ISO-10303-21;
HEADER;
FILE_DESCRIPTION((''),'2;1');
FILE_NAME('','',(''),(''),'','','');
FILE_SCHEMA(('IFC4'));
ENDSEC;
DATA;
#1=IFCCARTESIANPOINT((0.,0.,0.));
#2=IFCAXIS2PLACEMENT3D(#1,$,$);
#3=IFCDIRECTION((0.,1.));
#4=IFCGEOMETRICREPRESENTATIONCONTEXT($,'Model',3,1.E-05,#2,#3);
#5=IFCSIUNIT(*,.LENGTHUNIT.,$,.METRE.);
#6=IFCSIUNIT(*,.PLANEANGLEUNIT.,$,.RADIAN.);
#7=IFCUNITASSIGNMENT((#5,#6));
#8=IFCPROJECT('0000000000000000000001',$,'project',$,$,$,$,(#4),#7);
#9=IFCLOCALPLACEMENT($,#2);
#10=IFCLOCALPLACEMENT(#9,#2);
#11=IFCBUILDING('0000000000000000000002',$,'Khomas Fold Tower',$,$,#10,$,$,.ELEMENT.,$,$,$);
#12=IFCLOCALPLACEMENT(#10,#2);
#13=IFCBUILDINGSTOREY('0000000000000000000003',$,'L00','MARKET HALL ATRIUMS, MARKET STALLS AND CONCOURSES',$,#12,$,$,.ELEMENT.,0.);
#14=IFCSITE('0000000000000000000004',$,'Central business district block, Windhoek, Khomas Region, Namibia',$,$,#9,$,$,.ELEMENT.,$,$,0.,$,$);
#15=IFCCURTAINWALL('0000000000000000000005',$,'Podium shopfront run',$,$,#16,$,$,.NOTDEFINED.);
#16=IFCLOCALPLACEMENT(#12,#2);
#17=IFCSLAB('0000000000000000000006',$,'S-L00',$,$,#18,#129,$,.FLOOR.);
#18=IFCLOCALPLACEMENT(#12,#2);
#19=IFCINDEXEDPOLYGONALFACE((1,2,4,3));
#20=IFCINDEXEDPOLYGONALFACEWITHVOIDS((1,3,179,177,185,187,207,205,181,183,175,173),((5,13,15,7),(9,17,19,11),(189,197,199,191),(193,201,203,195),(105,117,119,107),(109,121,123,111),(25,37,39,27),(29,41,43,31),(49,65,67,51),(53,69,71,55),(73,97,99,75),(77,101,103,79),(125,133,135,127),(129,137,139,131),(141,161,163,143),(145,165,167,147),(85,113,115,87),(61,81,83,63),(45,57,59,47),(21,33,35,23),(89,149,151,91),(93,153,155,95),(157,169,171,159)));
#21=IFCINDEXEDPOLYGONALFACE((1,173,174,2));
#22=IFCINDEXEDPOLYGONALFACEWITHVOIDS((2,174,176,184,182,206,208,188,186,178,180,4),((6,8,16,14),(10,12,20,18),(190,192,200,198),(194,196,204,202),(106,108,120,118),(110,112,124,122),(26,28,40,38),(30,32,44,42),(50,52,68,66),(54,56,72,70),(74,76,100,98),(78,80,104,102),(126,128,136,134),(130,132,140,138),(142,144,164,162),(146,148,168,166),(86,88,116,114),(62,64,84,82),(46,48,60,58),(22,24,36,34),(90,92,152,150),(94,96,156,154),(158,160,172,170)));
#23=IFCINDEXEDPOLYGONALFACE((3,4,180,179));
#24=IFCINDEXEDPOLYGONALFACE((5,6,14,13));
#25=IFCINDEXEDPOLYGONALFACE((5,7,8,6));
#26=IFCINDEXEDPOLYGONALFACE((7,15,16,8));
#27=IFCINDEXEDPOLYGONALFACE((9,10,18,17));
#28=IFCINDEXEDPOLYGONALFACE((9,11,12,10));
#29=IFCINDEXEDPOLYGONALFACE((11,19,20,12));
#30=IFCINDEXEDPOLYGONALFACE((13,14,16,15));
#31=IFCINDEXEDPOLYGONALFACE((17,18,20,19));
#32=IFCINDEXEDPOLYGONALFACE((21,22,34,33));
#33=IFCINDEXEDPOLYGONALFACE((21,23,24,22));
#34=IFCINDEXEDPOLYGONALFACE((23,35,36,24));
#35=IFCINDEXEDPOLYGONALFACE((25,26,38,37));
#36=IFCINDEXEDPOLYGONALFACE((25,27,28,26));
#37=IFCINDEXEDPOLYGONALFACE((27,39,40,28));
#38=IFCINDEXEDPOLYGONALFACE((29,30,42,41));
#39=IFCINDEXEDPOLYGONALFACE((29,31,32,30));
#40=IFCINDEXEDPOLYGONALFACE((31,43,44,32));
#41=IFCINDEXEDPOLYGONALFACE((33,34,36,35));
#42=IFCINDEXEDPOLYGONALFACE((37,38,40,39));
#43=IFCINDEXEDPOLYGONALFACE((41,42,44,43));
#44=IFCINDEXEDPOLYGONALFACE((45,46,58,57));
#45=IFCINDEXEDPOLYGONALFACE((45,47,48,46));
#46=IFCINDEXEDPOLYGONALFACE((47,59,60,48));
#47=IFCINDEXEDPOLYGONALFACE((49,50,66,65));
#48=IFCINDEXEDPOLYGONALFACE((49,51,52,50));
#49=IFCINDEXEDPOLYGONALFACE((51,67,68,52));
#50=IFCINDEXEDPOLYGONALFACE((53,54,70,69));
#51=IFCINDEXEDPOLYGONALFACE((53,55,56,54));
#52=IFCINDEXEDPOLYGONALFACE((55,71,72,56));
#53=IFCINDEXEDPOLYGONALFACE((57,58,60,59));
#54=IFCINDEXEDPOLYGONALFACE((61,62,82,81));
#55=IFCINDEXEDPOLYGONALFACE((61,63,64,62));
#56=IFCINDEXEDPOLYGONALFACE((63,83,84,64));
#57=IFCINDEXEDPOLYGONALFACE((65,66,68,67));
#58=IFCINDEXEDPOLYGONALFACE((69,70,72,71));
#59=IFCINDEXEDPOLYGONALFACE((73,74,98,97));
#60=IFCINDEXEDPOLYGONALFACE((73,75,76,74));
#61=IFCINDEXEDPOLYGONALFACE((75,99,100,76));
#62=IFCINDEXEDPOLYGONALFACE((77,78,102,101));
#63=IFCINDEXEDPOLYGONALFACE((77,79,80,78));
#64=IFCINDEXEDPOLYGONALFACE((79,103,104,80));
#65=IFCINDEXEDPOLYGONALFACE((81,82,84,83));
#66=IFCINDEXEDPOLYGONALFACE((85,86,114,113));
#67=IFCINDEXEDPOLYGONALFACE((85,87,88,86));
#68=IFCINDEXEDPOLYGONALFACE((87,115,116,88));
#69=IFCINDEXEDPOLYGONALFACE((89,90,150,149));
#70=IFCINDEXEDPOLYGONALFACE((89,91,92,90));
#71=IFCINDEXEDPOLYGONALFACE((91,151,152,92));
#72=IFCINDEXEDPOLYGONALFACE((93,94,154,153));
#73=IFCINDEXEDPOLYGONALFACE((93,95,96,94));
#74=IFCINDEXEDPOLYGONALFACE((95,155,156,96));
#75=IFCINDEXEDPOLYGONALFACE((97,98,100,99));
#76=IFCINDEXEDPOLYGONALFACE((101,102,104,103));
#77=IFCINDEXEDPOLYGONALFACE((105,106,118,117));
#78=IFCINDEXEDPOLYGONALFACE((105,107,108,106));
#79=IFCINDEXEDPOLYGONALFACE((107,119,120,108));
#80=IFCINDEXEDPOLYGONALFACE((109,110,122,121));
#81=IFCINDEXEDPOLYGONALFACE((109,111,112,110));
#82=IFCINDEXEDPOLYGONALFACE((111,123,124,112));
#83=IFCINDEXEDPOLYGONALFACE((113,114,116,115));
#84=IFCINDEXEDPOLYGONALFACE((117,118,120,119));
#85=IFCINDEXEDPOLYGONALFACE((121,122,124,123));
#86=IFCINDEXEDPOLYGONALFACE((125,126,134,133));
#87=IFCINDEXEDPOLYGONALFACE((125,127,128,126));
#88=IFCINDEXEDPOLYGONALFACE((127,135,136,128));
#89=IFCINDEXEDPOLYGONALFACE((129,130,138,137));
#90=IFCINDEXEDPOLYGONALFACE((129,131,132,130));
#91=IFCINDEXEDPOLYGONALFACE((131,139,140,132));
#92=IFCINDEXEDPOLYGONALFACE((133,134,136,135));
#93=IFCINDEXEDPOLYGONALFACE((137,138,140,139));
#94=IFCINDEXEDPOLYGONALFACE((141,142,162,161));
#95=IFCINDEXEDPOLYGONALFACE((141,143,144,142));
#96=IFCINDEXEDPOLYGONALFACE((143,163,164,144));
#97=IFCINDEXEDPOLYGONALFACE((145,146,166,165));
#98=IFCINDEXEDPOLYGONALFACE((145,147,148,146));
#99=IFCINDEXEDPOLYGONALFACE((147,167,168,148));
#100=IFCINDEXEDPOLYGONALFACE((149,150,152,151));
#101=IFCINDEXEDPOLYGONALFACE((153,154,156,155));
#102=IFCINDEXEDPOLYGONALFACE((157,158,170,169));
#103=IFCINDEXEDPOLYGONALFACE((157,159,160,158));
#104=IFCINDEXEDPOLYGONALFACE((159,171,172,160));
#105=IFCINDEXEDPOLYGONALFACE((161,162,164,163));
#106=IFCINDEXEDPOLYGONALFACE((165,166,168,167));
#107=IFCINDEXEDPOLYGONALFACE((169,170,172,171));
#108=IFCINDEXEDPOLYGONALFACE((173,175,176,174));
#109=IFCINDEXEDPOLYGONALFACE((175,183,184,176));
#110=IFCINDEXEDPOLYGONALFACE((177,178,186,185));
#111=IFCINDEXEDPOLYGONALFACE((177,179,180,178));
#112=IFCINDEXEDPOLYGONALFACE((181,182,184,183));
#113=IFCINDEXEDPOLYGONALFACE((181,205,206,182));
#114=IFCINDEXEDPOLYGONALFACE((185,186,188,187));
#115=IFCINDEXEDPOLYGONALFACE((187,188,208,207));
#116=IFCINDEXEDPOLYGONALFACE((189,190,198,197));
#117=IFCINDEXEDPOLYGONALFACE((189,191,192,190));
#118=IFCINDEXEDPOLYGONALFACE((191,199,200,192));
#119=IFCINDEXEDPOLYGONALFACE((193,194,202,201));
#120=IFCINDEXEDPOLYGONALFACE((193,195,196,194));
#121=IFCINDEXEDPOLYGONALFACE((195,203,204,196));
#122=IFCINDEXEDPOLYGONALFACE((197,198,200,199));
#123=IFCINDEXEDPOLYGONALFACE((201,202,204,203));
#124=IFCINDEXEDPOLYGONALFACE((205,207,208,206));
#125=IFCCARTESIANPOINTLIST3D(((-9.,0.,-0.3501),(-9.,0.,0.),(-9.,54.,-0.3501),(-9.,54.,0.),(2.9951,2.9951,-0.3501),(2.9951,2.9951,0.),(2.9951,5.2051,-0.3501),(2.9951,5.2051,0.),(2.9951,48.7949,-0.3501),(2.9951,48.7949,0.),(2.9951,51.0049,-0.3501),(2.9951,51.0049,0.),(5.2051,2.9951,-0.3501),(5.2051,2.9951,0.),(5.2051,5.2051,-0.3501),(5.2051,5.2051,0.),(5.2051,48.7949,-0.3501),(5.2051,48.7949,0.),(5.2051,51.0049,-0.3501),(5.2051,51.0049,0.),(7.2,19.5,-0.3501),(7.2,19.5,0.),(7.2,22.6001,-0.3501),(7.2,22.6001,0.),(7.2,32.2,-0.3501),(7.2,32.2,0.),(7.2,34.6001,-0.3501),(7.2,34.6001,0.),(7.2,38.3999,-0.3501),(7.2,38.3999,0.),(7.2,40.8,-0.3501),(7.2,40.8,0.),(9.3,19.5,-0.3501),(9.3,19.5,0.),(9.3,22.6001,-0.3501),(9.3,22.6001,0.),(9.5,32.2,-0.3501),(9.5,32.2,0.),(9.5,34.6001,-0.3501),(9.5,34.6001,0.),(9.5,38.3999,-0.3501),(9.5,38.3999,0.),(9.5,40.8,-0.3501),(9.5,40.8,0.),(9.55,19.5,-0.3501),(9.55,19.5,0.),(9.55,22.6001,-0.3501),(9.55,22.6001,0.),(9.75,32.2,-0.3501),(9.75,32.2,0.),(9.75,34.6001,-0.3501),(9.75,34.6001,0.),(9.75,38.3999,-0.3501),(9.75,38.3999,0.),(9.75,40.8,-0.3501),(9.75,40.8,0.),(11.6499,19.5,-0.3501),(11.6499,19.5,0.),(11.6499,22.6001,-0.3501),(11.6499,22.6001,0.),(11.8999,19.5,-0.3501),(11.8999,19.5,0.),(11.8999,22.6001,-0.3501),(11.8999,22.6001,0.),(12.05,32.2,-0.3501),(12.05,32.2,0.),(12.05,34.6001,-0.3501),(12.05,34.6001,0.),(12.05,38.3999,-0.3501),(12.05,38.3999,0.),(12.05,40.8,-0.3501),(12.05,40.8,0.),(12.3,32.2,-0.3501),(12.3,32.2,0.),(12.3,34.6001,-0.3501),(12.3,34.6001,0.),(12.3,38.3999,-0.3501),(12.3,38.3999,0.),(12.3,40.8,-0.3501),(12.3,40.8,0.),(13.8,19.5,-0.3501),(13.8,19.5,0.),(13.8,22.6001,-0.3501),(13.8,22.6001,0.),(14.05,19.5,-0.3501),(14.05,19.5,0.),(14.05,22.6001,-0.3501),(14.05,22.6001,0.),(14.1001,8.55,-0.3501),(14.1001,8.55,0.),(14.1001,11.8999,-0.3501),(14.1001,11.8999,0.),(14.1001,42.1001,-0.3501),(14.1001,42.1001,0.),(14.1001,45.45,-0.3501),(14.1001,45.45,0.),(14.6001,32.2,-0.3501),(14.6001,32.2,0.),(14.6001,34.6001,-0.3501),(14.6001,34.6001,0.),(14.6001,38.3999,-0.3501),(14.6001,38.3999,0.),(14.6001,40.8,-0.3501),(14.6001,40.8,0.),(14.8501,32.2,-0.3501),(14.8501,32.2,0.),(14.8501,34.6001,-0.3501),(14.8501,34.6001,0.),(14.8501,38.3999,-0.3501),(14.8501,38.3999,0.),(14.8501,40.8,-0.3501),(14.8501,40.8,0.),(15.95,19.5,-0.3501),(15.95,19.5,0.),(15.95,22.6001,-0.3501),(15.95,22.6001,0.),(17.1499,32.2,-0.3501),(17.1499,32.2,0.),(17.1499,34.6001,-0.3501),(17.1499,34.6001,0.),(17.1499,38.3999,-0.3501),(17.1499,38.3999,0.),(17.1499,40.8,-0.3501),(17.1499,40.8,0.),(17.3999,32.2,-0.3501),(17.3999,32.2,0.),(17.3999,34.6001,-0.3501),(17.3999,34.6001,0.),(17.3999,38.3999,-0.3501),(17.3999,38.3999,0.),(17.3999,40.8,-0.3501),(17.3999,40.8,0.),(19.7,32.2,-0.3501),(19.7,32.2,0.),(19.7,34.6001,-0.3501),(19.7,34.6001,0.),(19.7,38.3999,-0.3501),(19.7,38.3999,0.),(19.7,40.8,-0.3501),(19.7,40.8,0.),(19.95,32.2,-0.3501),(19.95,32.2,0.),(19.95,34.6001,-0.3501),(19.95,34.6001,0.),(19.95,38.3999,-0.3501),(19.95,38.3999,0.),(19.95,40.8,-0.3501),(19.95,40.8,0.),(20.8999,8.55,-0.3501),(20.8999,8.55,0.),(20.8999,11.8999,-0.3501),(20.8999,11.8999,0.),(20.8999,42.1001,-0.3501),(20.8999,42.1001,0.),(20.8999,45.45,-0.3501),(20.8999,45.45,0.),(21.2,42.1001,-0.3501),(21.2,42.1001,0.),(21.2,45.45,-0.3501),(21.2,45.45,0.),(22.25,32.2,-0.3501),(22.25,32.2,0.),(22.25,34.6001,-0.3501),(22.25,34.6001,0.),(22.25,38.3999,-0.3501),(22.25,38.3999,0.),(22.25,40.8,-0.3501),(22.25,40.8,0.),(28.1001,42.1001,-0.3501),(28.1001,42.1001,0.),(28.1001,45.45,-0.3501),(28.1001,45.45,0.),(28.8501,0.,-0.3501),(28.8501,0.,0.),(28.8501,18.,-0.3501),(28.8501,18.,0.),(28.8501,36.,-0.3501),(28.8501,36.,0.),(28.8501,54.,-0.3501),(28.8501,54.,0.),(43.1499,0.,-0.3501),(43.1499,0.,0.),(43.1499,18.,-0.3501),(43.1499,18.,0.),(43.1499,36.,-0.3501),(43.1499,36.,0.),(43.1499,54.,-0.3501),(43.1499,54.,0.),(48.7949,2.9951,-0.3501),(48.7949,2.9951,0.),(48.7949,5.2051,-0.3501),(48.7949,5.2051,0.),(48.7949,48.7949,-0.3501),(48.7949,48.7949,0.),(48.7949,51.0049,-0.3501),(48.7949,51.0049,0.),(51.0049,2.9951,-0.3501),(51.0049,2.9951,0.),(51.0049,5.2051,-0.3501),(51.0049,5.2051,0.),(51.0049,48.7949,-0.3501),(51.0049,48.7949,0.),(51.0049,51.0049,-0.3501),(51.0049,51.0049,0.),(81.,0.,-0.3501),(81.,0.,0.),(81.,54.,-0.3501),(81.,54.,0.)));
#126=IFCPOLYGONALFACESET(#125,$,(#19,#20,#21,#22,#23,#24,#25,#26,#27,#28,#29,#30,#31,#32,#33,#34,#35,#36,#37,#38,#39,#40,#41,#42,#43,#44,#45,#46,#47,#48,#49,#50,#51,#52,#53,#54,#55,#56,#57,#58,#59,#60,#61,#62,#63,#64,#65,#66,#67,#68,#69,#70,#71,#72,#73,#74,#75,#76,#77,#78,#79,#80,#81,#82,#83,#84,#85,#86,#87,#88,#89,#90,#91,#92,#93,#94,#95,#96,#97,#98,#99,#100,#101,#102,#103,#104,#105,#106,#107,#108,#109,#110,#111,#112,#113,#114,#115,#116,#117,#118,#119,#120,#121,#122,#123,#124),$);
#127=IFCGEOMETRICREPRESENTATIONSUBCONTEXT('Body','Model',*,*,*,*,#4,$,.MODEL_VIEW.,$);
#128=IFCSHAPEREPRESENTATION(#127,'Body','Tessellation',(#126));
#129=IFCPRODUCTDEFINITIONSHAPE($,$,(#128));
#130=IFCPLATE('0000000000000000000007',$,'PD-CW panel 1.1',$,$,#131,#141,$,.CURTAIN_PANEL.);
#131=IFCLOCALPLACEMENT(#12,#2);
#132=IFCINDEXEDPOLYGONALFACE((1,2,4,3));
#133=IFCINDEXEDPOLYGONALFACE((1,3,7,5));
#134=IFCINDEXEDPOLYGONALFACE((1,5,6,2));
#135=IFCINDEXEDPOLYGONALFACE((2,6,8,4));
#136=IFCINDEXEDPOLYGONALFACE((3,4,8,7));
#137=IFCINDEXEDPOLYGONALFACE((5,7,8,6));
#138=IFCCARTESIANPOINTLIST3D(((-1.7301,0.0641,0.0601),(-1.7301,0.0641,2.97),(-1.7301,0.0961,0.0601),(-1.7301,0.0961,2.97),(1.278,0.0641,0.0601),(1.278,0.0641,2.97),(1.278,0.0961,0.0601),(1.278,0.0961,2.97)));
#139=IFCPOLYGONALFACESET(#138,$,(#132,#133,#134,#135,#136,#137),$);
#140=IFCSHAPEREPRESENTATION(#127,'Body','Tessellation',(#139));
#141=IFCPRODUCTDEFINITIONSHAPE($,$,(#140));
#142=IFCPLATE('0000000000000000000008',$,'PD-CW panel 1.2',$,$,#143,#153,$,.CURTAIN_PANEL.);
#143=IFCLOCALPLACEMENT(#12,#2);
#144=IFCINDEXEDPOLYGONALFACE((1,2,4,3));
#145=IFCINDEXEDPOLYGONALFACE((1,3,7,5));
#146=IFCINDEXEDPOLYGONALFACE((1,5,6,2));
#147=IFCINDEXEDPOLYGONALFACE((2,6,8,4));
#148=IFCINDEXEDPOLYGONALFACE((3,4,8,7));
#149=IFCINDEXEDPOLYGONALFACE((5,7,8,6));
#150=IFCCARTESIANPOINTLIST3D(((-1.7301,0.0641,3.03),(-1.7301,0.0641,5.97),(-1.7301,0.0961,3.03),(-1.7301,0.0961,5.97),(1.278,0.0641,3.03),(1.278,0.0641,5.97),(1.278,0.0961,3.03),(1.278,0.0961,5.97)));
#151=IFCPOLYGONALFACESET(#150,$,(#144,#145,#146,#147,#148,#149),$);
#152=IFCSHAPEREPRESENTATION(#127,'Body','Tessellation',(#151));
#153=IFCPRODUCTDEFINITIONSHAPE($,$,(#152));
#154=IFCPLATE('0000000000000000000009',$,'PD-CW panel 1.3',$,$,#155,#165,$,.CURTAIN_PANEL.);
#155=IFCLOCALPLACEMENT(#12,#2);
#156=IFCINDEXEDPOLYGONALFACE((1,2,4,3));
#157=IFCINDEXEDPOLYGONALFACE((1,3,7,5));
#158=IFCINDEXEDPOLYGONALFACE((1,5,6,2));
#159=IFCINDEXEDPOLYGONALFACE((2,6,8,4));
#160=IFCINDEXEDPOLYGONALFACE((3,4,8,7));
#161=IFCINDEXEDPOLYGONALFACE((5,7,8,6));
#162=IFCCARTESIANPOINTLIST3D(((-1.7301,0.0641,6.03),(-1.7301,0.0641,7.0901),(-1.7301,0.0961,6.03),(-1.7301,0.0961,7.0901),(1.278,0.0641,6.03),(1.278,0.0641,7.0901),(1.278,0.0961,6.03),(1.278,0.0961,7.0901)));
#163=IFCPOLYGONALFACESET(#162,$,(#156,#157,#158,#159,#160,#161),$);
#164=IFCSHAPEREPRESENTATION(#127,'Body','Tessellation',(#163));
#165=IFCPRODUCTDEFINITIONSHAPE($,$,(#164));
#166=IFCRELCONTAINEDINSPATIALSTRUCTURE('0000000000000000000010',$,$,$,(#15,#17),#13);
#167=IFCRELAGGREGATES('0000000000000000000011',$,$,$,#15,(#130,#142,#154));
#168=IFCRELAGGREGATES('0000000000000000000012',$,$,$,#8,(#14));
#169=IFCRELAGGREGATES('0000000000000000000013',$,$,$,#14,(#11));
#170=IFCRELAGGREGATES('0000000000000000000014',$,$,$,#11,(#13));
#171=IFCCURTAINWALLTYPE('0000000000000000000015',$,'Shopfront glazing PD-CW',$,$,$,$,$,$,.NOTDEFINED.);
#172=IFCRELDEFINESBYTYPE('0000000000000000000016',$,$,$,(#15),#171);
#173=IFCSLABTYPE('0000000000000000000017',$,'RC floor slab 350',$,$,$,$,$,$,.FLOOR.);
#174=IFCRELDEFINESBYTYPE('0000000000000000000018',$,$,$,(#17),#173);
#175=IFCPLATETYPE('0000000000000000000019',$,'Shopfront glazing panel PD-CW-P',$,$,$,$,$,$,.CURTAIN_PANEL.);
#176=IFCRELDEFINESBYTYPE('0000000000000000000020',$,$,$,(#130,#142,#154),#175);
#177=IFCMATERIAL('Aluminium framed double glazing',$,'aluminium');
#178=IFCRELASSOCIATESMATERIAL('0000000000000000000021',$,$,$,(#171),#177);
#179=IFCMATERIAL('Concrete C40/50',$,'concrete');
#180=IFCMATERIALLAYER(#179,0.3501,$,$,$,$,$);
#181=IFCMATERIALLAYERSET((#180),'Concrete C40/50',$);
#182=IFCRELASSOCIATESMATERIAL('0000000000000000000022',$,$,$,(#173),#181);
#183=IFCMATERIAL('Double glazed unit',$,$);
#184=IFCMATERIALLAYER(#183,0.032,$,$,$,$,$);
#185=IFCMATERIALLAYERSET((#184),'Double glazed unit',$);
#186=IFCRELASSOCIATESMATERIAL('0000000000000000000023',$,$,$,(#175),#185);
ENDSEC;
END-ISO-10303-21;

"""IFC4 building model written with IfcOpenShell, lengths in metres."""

from ifc_helpers import new_model, si_unit, direction, frame, origin, origin_2d, place, context, subcontext, project, spatial, polyline, rectangle, outline, extrude, source, transform, mapped, material, layer, layer_set, type_object, element, aggregate, save


model = new_model("IFC4")

# Units and contexts
model_context = context("Model", 3, precision=1e-05, world=origin(), true_north=direction((0.0, 1.0)))
body_context = subcontext(model_context, "Body", "Model", "MODEL_VIEW")
ifc_project = project(units=[si_unit("LENGTHUNIT", "METRE"), si_unit("PLANEANGLEUNIT", "RADIAN")], contexts=[model_context])

# Site, building, storey
site_placement = place(None, origin())
site = spatial("IfcSite", under=ifc_project, at=site_placement, Name="Central business district block, Windhoek, Khomas Region, Namibia", CompositionType="ELEMENT", RefElevation=0.0)
building_placement = place(site_placement, origin())
building = spatial("IfcBuilding", under=site, at=building_placement, Name="Khomas Fold Tower", CompositionType="ELEMENT")
storey_placement = place(building_placement, origin())
storey = spatial("IfcBuildingStorey", under=building, at=storey_placement, Name="L00", Description="MARKET HALL ATRIUMS, MARKET STALLS AND CONCOURSES", CompositionType="ELEMENT", Elevation=0.0)

# Curtain wall
ifc_material_1 = material(Name="Aluminium framed double glazing", Category="aluminium")
curtain_wall_type = type_object("IfcCurtainWallType", Name="Shopfront glazing PD-CW", PredefinedType="NOTDEFINED", material=ifc_material_1)
curtain_wall_placement = place(storey_placement, origin())
curtain_wall = element("IfcCurtainWall", 1, at=curtain_wall_placement, inside=storey, type_object=curtain_wall_type, Name="Podium shopfront run", PredefinedType="NOTDEFINED")

# Slab
ifc_material_2 = material(Name="Concrete C40/50", Category="concrete")
ifc_layer_1 = layer(ifc_material_2, 0.3501)
ifc_layer_set_1 = layer_set([ifc_layer_1], Name="Concrete C40/50")
slab_type_1 = type_object("IfcSlabType", Name="RC floor slab 350", PredefinedType="FLOOR", material=ifc_layer_set_1)
shared_shape_1 = source(origin(), body_context, "Body", "SweptSolid", [
    extrude(outline(polyline([(-9.0, 0.0), (28.8501, 0.0), (28.8501, 18.0), (43.1499, 18.0), (43.1499, 0.0), (81.0, 0.0), (81.0, 54.0), (43.1499, 54.0), (43.1499, 36.0), (28.8501, 36.0), (28.8501, 54.0), (-9.0, 54.0), (-9.0, 0.0)]), holes=[polyline([(2.9951, 2.9951), (2.9951, 5.2051), (5.2051, 5.2051), (5.2051, 2.9951), (2.9951, 2.9951)]), polyline([(2.9951, 48.7949), (2.9951, 51.0049), (5.2051, 51.0049), (5.2051, 48.7949), (2.9951, 48.7949)]), polyline([(7.2, 19.5), (7.2, 22.6001), (9.3, 22.6001), (9.3, 19.5), (7.2, 19.5)]), polyline([(7.2, 32.2), (7.2, 34.6001), (9.5, 34.6001), (9.5, 32.2), (7.2, 32.2)]), polyline([(7.2, 38.3999), (7.2, 40.8), (9.5, 40.8), (9.5, 38.3999), (7.2, 38.3999)]), polyline([(9.55, 19.5), (9.55, 22.6001), (11.6499, 22.6001), (11.6499, 19.5), (9.55, 19.5)]), polyline([(9.75, 32.2), (9.75, 34.6001), (12.05, 34.6001), (12.05, 32.2), (9.75, 32.2)]), polyline([(9.75, 38.3999), (9.75, 40.8), (12.05, 40.8), (12.05, 38.3999), (9.75, 38.3999)]), polyline([(11.8999, 19.5), (11.8999, 22.6001), (13.8, 22.6001), (13.8, 19.5), (11.8999, 19.5)]), polyline([(12.3, 32.2), (12.3, 34.6001), (14.6001, 34.6001), (14.6001, 32.2), (12.3, 32.2)]), polyline([(12.3, 38.3999), (12.3, 40.8), (14.6001, 40.8), (14.6001, 38.3999), (12.3, 38.3999)]), polyline([(14.05, 19.5), (14.05, 22.6001), (15.95, 22.6001), (15.95, 19.5), (14.05, 19.5)]), polyline([(14.1001, 8.55), (14.1001, 11.8999), (20.8999, 11.8999), (20.8999, 8.55), (14.1001, 8.55)]), polyline([(14.1001, 42.1001), (14.1001, 45.45), (20.8999, 45.45), (20.8999, 42.1001), (14.1001, 42.1001)]), polyline([(14.8501, 32.2), (14.8501, 34.6001), (17.1499, 34.6001), (17.1499, 32.2), (14.8501, 32.2)]), polyline([(14.8501, 38.3999), (14.8501, 40.8), (17.1499, 40.8), (17.1499, 38.3999), (14.8501, 38.3999)]), polyline([(17.3999, 32.2), (17.3999, 34.6001), (19.7, 34.6001), (19.7, 32.2), (17.3999, 32.2)]), polyline([(17.3999, 38.3999), (17.3999, 40.8), (19.7, 40.8), (19.7, 38.3999), (17.3999, 38.3999)]), polyline([(19.95, 32.2), (19.95, 34.6001), (22.25, 34.6001), (22.25, 32.2), (19.95, 32.2)]), polyline([(19.95, 38.3999), (19.95, 40.8), (22.25, 40.8), (22.25, 38.3999), (19.95, 38.3999)]), polyline([(21.2, 42.1001), (21.2, 45.45), (28.1001, 45.45), (28.1001, 42.1001), (21.2, 42.1001)]), polyline([(48.7949, 2.9951), (48.7949, 5.2051), (51.0049, 5.2051), (51.0049, 2.9951), (48.7949, 2.9951)]), polyline([(48.7949, 48.7949), (48.7949, 51.0049), (51.0049, 51.0049), (51.0049, 48.7949), (48.7949, 48.7949)])]), origin(), (0.0, 0.0, 1.0), 0.3501),
])
slab_1_placement = place(storey_placement, frame((0.0, 0.0, -0.3501)))
element("IfcSlab", 2, at=slab_1_placement, inside=storey, type_object=slab_type_1, Name="S-L00", PredefinedType="FLOOR", context=body_context, shape_type="MappedRepresentation", body=[
    mapped(shared_shape_1, transform((0.0, 0.0, 0.0))),
])

# Plates
ifc_material_3 = material(Name="Double glazed unit")
ifc_layer_2 = layer(ifc_material_3, 0.032)
ifc_layer_set_2 = layer_set([ifc_layer_2], Name="Double glazed unit")
plate_type = type_object("IfcPlateType", Name="Shopfront glazing panel PD-CW-P", PredefinedType="CURTAIN_PANEL", material=ifc_layer_set_2)
shared_shape_2 = source(origin(), body_context, "Body", "SweptSolid", [
    extrude(rectangle(XDim=3.0081, YDim=0.032, at=origin_2d()), origin(), (0.0, 0.0, 1.0), 2.9099),
])
plate_1_placement = place(storey_placement, frame((-0.2261, 0.0801, 0.0601), z_axis=(0.0, 0.0, 1.0), x_axis=(1.0, 0.0, 0.0)))
plate_1 = element("IfcPlate", 3, at=plate_1_placement, type_object=plate_type, Name="PD-CW panel 1.1", PredefinedType="CURTAIN_PANEL", context=body_context, shape_type="MappedRepresentation", body=[
    mapped(shared_shape_2, transform((0.0, 0.0, 0.0))),
])
shared_shape_3 = source(origin(), body_context, "Body", "SweptSolid", [
    extrude(rectangle(XDim=3.0081, YDim=0.032, at=origin_2d()), origin(), (0.0, 0.0, 1.0), 2.9399),
])
plate_2_placement = place(storey_placement, frame((-0.2261, 0.0801, 3.03), z_axis=(0.0, 0.0, 1.0), x_axis=(1.0, 0.0, 0.0)))
plate_2 = element("IfcPlate", 4, at=plate_2_placement, type_object=plate_type, Name="PD-CW panel 1.2", PredefinedType="CURTAIN_PANEL", context=body_context, shape_type="MappedRepresentation", body=[
    mapped(shared_shape_3, transform((0.0, 0.0, 0.0))),
])
shared_shape_4 = source(origin(), body_context, "Body", "SweptSolid", [
    extrude(rectangle(XDim=3.0081, YDim=0.032, at=origin_2d()), origin(), (0.0, 0.0, 1.0), 1.0601),
])
plate_3_placement = place(storey_placement, frame((-0.2261, 0.0801, 6.03), z_axis=(0.0, 0.0, 1.0), x_axis=(1.0, 0.0, 0.0)))
plate_3 = element("IfcPlate", 5, at=plate_3_placement, type_object=plate_type, Name="PD-CW panel 1.3", PredefinedType="CURTAIN_PANEL", context=body_context, shape_type="MappedRepresentation", body=[
    mapped(shared_shape_4, transform((0.0, 0.0, 0.0))),
])
aggregate(curtain_wall, [plate_1, plate_2, plate_3])

save(model, "model.ifc")
